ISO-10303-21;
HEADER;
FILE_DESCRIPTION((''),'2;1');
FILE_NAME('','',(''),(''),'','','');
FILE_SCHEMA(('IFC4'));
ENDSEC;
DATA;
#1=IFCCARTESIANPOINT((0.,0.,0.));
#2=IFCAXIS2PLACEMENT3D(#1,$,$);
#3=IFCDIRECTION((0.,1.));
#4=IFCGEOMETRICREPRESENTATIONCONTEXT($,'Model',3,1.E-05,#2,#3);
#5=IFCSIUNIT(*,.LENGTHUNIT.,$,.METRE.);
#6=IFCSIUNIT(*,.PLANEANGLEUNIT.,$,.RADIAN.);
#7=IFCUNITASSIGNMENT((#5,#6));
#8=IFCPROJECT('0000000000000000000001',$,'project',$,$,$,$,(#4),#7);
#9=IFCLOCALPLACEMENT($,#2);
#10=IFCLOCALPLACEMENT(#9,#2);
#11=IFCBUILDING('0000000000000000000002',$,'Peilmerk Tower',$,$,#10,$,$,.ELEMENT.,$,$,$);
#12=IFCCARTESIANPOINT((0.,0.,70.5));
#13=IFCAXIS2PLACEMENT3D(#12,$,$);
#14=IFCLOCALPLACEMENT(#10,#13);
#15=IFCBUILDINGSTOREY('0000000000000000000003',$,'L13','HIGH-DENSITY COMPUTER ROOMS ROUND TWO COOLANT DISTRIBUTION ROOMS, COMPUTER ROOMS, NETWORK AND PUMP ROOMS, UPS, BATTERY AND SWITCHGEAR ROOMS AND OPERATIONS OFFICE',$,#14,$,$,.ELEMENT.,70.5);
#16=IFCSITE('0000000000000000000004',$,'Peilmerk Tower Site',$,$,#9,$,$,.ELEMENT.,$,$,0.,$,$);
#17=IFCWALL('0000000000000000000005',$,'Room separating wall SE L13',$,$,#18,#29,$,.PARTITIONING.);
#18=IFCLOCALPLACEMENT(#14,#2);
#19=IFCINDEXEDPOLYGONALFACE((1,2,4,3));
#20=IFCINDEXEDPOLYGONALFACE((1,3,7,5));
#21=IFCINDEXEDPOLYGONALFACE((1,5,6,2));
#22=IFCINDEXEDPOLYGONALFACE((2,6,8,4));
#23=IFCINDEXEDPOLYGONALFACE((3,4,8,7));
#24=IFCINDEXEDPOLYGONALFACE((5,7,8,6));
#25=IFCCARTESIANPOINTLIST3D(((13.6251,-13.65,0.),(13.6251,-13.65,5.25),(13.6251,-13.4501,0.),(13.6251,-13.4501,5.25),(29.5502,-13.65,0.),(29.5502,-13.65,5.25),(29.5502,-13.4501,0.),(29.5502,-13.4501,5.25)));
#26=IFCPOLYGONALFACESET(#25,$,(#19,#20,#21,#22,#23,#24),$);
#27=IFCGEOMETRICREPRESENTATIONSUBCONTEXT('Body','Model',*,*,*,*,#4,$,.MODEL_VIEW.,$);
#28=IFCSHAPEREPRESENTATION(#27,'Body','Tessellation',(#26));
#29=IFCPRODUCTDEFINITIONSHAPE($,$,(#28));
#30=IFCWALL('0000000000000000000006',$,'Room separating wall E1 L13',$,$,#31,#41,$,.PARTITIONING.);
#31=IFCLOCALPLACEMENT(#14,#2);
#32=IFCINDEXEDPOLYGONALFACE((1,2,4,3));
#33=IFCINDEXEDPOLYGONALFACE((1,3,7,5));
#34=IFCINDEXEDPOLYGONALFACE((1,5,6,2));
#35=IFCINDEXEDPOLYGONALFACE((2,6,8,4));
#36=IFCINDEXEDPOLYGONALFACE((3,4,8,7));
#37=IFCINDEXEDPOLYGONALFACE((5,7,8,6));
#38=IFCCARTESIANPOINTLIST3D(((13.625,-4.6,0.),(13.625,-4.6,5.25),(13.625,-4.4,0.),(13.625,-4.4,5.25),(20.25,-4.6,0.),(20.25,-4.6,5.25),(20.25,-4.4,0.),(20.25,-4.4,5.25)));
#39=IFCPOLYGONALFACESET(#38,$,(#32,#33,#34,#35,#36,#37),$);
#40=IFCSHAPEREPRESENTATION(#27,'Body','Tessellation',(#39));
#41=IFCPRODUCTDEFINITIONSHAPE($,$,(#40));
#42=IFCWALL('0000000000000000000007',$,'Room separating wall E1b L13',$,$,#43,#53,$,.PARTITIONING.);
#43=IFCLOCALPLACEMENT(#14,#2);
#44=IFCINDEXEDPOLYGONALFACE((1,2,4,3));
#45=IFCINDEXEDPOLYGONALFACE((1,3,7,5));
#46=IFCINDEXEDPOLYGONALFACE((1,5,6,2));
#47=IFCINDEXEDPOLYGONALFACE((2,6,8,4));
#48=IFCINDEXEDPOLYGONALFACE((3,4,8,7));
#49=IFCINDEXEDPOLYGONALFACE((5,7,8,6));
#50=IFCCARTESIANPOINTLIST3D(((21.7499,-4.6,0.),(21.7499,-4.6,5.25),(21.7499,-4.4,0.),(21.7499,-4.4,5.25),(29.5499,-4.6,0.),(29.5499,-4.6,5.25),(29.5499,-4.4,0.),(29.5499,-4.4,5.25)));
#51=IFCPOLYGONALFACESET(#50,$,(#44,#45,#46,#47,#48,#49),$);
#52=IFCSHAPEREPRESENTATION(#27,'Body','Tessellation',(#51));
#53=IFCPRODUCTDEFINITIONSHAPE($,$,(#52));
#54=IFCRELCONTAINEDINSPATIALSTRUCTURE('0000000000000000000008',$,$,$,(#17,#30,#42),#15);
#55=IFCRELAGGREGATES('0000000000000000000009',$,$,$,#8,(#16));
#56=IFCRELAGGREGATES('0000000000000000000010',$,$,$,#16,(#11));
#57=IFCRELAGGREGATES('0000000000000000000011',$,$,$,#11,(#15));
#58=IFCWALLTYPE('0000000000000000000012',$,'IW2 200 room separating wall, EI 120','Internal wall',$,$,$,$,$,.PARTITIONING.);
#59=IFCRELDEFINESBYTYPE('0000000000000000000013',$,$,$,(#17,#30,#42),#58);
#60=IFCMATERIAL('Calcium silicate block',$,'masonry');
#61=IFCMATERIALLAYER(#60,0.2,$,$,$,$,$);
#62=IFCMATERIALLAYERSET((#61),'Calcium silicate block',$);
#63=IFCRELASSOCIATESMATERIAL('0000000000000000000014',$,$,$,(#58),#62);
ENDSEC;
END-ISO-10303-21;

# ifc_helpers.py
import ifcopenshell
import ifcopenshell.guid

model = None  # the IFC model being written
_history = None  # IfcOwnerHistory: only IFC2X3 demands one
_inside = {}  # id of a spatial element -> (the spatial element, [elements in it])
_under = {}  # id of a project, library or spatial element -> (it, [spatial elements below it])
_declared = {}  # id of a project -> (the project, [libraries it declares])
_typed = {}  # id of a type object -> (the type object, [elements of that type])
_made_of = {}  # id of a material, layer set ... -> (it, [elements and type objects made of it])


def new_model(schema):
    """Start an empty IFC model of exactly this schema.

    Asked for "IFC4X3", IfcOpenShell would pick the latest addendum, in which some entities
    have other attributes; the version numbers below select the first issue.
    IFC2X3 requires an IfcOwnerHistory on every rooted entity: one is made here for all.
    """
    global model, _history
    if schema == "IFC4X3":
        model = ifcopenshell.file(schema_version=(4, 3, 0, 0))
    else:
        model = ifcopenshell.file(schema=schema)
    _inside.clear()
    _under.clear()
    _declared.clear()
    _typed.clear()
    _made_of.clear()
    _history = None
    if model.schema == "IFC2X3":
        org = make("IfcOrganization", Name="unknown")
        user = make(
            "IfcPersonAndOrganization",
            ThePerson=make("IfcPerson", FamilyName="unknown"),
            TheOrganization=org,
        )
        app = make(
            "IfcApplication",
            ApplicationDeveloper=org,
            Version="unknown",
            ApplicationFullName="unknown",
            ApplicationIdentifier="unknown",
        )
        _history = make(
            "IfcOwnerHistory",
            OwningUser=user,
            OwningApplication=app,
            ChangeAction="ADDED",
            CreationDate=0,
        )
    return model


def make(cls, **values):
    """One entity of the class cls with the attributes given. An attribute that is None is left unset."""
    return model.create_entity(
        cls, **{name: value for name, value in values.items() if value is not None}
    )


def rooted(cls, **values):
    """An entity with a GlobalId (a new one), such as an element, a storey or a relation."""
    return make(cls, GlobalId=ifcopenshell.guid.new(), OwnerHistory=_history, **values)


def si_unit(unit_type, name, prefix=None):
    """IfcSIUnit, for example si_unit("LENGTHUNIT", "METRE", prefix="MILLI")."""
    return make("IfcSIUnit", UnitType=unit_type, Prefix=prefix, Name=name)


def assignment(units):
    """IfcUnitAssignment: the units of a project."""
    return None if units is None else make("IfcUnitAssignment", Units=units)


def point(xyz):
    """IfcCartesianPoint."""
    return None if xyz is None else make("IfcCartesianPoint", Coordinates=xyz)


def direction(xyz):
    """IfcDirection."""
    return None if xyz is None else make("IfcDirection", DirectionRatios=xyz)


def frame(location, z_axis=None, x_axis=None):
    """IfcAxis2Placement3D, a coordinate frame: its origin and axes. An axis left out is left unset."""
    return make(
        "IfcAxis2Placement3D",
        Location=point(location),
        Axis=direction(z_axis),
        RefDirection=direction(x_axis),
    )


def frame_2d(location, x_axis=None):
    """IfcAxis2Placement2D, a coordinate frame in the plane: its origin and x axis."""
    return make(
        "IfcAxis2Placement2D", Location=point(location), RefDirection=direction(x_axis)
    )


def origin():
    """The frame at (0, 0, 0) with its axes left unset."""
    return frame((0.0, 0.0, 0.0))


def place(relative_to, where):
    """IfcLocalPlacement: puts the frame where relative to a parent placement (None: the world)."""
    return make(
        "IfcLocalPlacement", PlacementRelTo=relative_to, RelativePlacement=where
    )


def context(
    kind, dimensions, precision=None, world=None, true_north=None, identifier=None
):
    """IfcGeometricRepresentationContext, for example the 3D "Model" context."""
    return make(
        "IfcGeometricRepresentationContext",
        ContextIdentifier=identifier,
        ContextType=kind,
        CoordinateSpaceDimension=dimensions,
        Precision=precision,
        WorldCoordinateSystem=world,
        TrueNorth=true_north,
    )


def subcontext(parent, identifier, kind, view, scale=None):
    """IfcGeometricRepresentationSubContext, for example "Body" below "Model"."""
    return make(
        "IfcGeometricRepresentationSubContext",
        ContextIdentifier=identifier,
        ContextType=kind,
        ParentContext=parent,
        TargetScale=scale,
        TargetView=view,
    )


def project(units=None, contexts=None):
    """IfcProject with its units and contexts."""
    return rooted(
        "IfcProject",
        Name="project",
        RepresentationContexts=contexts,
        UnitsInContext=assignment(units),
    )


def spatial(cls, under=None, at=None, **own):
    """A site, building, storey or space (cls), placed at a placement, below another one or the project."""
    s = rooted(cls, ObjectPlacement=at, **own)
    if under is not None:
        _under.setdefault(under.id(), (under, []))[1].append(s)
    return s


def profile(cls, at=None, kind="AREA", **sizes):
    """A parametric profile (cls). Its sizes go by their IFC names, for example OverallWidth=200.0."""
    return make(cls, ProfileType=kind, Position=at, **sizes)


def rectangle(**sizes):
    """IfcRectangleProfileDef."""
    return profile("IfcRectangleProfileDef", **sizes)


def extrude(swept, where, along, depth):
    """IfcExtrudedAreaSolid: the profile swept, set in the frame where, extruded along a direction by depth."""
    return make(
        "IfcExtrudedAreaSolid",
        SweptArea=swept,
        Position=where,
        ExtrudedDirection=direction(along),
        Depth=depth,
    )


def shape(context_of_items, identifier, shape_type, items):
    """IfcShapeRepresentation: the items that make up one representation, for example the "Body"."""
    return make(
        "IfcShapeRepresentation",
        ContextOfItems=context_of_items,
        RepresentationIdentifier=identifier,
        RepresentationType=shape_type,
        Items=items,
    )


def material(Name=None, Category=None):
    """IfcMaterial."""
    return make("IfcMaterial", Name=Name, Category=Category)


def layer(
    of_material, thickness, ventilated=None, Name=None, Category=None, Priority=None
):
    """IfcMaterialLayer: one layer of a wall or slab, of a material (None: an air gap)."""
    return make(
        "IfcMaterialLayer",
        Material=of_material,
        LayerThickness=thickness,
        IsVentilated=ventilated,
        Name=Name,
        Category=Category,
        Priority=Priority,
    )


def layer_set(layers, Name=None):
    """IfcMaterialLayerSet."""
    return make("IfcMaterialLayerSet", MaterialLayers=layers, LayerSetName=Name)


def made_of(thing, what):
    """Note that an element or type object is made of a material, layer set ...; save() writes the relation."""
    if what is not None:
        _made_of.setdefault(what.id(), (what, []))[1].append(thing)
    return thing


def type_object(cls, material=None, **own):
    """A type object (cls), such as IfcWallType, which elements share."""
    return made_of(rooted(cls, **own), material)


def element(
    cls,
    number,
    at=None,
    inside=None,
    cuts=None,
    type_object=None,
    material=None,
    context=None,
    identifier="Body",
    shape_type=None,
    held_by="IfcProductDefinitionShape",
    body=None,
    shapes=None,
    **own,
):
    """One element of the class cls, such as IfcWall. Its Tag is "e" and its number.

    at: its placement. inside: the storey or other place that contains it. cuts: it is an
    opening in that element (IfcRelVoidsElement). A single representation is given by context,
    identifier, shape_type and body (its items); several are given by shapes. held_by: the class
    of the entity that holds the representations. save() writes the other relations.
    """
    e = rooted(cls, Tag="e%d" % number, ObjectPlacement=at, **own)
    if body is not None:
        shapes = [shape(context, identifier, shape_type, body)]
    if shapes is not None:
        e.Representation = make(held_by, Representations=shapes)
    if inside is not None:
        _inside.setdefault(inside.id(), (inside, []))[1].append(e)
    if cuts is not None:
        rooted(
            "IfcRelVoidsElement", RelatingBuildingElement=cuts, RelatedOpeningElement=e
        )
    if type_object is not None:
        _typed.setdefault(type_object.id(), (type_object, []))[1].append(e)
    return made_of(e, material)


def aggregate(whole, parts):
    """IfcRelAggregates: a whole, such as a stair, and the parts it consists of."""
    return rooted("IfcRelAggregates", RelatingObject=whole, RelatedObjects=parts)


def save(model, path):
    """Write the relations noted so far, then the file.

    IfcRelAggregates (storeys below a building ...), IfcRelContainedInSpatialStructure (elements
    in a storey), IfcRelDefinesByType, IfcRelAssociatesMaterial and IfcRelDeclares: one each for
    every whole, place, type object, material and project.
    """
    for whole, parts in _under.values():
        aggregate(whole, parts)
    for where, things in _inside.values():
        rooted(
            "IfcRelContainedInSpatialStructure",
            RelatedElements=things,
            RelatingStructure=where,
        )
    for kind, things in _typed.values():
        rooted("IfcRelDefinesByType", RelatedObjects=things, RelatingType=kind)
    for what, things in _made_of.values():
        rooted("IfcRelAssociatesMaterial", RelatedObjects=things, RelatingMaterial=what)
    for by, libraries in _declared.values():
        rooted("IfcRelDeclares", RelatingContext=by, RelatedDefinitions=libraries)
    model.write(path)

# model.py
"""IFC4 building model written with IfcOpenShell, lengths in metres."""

from ifc_helpers import new_model, si_unit, direction, frame, frame_2d, origin, place, context, subcontext, project, spatial, rectangle, extrude, material, layer, layer_set, type_object, element, save


model = new_model("IFC4")

# Units and contexts
model_context = context("Model", 3, precision=1e-05, world=origin(), true_north=direction((0.0, 1.0)))
body_context = subcontext(model_context, "Body", "Model", "MODEL_VIEW")
ifc_project = project(units=[si_unit("LENGTHUNIT", "METRE"), si_unit("PLANEANGLEUNIT", "RADIAN")], contexts=[model_context])

# Site, building, storey
site_placement = place(None, origin())
site = spatial("IfcSite", under=ifc_project, at=site_placement, Name="Peilmerk Tower Site", CompositionType="ELEMENT", RefElevation=0.0)
building_placement = place(site_placement, origin())
building = spatial("IfcBuilding", under=site, at=building_placement, Name="Peilmerk Tower", CompositionType="ELEMENT")
storey_placement = place(building_placement, frame((0.0, 0.0, 70.5)))
storey = spatial("IfcBuildingStorey", under=building, at=storey_placement, Name="L13", Description="HIGH-DENSITY COMPUTER ROOMS ROUND TWO COOLANT DISTRIBUTION ROOMS, COMPUTER ROOMS, NETWORK AND PUMP ROOMS, UPS, BATTERY AND SWITCHGEAR ROOMS AND OPERATIONS OFFICE", CompositionType="ELEMENT", Elevation=70.5)

# Shared definitions
ifc_material_1 = material(Name="Calcium silicate block", Category="masonry")

# Walls
ifc_layer_1 = layer(ifc_material_1, 0.2)
ifc_layer_set_1 = layer_set([ifc_layer_1], Name="Calcium silicate block")
wall_type_1 = type_object("IfcWallType", Name="IW2 200 room separating wall, EI 120", Description="Internal wall", PredefinedType="PARTITIONING", material=ifc_layer_set_1)
wall_1_placement = place(storey_placement, frame((29.55, -13.55, 0.0), z_axis=(0.0, 0.0, 1.0), x_axis=(-1.0, 0.0, 0.0)))
element("IfcWall", 1, at=wall_1_placement, inside=storey, type_object=wall_type_1, Name="Room separating wall SE L13", PredefinedType="PARTITIONING", context=body_context, shape_type="SweptSolid", body=[
    extrude(rectangle(XDim=15.925, YDim=0.2, at=frame_2d((7.9624, 0.0))), origin(), (0.0, 0.0, 1.0), 5.25),
])
wall_2_placement = place(storey_placement, frame((13.625, -4.5, 0.0), z_axis=(0.0, 0.0, 1.0), x_axis=(1.0, 0.0, 0.0)))
element("IfcWall", 2, at=wall_2_placement, inside=storey, type_object=wall_type_1, Name="Room separating wall E1 L13", PredefinedType="PARTITIONING", context=body_context, shape_type="SweptSolid", body=[
    extrude(rectangle(XDim=6.625, YDim=0.2, at=frame_2d((3.3125, 0.0))), origin(), (0.0, 0.0, 1.0), 5.25),
])
wall_3_placement = place(storey_placement, frame((21.75, -4.5, 0.0), z_axis=(0.0, 0.0, 1.0), x_axis=(1.0, 0.0, 0.0)))
element("IfcWall", 3, at=wall_3_placement, inside=storey, type_object=wall_type_1, Name="Room separating wall E1b L13", PredefinedType="PARTITIONING", context=body_context, shape_type="SweptSolid", body=[
    extrude(rectangle(XDim=7.8, YDim=0.2, at=frame_2d((3.8999, 0.0))), origin(), (0.0, 0.0, 1.0), 5.25),
])

save(model, "model.ifc")
